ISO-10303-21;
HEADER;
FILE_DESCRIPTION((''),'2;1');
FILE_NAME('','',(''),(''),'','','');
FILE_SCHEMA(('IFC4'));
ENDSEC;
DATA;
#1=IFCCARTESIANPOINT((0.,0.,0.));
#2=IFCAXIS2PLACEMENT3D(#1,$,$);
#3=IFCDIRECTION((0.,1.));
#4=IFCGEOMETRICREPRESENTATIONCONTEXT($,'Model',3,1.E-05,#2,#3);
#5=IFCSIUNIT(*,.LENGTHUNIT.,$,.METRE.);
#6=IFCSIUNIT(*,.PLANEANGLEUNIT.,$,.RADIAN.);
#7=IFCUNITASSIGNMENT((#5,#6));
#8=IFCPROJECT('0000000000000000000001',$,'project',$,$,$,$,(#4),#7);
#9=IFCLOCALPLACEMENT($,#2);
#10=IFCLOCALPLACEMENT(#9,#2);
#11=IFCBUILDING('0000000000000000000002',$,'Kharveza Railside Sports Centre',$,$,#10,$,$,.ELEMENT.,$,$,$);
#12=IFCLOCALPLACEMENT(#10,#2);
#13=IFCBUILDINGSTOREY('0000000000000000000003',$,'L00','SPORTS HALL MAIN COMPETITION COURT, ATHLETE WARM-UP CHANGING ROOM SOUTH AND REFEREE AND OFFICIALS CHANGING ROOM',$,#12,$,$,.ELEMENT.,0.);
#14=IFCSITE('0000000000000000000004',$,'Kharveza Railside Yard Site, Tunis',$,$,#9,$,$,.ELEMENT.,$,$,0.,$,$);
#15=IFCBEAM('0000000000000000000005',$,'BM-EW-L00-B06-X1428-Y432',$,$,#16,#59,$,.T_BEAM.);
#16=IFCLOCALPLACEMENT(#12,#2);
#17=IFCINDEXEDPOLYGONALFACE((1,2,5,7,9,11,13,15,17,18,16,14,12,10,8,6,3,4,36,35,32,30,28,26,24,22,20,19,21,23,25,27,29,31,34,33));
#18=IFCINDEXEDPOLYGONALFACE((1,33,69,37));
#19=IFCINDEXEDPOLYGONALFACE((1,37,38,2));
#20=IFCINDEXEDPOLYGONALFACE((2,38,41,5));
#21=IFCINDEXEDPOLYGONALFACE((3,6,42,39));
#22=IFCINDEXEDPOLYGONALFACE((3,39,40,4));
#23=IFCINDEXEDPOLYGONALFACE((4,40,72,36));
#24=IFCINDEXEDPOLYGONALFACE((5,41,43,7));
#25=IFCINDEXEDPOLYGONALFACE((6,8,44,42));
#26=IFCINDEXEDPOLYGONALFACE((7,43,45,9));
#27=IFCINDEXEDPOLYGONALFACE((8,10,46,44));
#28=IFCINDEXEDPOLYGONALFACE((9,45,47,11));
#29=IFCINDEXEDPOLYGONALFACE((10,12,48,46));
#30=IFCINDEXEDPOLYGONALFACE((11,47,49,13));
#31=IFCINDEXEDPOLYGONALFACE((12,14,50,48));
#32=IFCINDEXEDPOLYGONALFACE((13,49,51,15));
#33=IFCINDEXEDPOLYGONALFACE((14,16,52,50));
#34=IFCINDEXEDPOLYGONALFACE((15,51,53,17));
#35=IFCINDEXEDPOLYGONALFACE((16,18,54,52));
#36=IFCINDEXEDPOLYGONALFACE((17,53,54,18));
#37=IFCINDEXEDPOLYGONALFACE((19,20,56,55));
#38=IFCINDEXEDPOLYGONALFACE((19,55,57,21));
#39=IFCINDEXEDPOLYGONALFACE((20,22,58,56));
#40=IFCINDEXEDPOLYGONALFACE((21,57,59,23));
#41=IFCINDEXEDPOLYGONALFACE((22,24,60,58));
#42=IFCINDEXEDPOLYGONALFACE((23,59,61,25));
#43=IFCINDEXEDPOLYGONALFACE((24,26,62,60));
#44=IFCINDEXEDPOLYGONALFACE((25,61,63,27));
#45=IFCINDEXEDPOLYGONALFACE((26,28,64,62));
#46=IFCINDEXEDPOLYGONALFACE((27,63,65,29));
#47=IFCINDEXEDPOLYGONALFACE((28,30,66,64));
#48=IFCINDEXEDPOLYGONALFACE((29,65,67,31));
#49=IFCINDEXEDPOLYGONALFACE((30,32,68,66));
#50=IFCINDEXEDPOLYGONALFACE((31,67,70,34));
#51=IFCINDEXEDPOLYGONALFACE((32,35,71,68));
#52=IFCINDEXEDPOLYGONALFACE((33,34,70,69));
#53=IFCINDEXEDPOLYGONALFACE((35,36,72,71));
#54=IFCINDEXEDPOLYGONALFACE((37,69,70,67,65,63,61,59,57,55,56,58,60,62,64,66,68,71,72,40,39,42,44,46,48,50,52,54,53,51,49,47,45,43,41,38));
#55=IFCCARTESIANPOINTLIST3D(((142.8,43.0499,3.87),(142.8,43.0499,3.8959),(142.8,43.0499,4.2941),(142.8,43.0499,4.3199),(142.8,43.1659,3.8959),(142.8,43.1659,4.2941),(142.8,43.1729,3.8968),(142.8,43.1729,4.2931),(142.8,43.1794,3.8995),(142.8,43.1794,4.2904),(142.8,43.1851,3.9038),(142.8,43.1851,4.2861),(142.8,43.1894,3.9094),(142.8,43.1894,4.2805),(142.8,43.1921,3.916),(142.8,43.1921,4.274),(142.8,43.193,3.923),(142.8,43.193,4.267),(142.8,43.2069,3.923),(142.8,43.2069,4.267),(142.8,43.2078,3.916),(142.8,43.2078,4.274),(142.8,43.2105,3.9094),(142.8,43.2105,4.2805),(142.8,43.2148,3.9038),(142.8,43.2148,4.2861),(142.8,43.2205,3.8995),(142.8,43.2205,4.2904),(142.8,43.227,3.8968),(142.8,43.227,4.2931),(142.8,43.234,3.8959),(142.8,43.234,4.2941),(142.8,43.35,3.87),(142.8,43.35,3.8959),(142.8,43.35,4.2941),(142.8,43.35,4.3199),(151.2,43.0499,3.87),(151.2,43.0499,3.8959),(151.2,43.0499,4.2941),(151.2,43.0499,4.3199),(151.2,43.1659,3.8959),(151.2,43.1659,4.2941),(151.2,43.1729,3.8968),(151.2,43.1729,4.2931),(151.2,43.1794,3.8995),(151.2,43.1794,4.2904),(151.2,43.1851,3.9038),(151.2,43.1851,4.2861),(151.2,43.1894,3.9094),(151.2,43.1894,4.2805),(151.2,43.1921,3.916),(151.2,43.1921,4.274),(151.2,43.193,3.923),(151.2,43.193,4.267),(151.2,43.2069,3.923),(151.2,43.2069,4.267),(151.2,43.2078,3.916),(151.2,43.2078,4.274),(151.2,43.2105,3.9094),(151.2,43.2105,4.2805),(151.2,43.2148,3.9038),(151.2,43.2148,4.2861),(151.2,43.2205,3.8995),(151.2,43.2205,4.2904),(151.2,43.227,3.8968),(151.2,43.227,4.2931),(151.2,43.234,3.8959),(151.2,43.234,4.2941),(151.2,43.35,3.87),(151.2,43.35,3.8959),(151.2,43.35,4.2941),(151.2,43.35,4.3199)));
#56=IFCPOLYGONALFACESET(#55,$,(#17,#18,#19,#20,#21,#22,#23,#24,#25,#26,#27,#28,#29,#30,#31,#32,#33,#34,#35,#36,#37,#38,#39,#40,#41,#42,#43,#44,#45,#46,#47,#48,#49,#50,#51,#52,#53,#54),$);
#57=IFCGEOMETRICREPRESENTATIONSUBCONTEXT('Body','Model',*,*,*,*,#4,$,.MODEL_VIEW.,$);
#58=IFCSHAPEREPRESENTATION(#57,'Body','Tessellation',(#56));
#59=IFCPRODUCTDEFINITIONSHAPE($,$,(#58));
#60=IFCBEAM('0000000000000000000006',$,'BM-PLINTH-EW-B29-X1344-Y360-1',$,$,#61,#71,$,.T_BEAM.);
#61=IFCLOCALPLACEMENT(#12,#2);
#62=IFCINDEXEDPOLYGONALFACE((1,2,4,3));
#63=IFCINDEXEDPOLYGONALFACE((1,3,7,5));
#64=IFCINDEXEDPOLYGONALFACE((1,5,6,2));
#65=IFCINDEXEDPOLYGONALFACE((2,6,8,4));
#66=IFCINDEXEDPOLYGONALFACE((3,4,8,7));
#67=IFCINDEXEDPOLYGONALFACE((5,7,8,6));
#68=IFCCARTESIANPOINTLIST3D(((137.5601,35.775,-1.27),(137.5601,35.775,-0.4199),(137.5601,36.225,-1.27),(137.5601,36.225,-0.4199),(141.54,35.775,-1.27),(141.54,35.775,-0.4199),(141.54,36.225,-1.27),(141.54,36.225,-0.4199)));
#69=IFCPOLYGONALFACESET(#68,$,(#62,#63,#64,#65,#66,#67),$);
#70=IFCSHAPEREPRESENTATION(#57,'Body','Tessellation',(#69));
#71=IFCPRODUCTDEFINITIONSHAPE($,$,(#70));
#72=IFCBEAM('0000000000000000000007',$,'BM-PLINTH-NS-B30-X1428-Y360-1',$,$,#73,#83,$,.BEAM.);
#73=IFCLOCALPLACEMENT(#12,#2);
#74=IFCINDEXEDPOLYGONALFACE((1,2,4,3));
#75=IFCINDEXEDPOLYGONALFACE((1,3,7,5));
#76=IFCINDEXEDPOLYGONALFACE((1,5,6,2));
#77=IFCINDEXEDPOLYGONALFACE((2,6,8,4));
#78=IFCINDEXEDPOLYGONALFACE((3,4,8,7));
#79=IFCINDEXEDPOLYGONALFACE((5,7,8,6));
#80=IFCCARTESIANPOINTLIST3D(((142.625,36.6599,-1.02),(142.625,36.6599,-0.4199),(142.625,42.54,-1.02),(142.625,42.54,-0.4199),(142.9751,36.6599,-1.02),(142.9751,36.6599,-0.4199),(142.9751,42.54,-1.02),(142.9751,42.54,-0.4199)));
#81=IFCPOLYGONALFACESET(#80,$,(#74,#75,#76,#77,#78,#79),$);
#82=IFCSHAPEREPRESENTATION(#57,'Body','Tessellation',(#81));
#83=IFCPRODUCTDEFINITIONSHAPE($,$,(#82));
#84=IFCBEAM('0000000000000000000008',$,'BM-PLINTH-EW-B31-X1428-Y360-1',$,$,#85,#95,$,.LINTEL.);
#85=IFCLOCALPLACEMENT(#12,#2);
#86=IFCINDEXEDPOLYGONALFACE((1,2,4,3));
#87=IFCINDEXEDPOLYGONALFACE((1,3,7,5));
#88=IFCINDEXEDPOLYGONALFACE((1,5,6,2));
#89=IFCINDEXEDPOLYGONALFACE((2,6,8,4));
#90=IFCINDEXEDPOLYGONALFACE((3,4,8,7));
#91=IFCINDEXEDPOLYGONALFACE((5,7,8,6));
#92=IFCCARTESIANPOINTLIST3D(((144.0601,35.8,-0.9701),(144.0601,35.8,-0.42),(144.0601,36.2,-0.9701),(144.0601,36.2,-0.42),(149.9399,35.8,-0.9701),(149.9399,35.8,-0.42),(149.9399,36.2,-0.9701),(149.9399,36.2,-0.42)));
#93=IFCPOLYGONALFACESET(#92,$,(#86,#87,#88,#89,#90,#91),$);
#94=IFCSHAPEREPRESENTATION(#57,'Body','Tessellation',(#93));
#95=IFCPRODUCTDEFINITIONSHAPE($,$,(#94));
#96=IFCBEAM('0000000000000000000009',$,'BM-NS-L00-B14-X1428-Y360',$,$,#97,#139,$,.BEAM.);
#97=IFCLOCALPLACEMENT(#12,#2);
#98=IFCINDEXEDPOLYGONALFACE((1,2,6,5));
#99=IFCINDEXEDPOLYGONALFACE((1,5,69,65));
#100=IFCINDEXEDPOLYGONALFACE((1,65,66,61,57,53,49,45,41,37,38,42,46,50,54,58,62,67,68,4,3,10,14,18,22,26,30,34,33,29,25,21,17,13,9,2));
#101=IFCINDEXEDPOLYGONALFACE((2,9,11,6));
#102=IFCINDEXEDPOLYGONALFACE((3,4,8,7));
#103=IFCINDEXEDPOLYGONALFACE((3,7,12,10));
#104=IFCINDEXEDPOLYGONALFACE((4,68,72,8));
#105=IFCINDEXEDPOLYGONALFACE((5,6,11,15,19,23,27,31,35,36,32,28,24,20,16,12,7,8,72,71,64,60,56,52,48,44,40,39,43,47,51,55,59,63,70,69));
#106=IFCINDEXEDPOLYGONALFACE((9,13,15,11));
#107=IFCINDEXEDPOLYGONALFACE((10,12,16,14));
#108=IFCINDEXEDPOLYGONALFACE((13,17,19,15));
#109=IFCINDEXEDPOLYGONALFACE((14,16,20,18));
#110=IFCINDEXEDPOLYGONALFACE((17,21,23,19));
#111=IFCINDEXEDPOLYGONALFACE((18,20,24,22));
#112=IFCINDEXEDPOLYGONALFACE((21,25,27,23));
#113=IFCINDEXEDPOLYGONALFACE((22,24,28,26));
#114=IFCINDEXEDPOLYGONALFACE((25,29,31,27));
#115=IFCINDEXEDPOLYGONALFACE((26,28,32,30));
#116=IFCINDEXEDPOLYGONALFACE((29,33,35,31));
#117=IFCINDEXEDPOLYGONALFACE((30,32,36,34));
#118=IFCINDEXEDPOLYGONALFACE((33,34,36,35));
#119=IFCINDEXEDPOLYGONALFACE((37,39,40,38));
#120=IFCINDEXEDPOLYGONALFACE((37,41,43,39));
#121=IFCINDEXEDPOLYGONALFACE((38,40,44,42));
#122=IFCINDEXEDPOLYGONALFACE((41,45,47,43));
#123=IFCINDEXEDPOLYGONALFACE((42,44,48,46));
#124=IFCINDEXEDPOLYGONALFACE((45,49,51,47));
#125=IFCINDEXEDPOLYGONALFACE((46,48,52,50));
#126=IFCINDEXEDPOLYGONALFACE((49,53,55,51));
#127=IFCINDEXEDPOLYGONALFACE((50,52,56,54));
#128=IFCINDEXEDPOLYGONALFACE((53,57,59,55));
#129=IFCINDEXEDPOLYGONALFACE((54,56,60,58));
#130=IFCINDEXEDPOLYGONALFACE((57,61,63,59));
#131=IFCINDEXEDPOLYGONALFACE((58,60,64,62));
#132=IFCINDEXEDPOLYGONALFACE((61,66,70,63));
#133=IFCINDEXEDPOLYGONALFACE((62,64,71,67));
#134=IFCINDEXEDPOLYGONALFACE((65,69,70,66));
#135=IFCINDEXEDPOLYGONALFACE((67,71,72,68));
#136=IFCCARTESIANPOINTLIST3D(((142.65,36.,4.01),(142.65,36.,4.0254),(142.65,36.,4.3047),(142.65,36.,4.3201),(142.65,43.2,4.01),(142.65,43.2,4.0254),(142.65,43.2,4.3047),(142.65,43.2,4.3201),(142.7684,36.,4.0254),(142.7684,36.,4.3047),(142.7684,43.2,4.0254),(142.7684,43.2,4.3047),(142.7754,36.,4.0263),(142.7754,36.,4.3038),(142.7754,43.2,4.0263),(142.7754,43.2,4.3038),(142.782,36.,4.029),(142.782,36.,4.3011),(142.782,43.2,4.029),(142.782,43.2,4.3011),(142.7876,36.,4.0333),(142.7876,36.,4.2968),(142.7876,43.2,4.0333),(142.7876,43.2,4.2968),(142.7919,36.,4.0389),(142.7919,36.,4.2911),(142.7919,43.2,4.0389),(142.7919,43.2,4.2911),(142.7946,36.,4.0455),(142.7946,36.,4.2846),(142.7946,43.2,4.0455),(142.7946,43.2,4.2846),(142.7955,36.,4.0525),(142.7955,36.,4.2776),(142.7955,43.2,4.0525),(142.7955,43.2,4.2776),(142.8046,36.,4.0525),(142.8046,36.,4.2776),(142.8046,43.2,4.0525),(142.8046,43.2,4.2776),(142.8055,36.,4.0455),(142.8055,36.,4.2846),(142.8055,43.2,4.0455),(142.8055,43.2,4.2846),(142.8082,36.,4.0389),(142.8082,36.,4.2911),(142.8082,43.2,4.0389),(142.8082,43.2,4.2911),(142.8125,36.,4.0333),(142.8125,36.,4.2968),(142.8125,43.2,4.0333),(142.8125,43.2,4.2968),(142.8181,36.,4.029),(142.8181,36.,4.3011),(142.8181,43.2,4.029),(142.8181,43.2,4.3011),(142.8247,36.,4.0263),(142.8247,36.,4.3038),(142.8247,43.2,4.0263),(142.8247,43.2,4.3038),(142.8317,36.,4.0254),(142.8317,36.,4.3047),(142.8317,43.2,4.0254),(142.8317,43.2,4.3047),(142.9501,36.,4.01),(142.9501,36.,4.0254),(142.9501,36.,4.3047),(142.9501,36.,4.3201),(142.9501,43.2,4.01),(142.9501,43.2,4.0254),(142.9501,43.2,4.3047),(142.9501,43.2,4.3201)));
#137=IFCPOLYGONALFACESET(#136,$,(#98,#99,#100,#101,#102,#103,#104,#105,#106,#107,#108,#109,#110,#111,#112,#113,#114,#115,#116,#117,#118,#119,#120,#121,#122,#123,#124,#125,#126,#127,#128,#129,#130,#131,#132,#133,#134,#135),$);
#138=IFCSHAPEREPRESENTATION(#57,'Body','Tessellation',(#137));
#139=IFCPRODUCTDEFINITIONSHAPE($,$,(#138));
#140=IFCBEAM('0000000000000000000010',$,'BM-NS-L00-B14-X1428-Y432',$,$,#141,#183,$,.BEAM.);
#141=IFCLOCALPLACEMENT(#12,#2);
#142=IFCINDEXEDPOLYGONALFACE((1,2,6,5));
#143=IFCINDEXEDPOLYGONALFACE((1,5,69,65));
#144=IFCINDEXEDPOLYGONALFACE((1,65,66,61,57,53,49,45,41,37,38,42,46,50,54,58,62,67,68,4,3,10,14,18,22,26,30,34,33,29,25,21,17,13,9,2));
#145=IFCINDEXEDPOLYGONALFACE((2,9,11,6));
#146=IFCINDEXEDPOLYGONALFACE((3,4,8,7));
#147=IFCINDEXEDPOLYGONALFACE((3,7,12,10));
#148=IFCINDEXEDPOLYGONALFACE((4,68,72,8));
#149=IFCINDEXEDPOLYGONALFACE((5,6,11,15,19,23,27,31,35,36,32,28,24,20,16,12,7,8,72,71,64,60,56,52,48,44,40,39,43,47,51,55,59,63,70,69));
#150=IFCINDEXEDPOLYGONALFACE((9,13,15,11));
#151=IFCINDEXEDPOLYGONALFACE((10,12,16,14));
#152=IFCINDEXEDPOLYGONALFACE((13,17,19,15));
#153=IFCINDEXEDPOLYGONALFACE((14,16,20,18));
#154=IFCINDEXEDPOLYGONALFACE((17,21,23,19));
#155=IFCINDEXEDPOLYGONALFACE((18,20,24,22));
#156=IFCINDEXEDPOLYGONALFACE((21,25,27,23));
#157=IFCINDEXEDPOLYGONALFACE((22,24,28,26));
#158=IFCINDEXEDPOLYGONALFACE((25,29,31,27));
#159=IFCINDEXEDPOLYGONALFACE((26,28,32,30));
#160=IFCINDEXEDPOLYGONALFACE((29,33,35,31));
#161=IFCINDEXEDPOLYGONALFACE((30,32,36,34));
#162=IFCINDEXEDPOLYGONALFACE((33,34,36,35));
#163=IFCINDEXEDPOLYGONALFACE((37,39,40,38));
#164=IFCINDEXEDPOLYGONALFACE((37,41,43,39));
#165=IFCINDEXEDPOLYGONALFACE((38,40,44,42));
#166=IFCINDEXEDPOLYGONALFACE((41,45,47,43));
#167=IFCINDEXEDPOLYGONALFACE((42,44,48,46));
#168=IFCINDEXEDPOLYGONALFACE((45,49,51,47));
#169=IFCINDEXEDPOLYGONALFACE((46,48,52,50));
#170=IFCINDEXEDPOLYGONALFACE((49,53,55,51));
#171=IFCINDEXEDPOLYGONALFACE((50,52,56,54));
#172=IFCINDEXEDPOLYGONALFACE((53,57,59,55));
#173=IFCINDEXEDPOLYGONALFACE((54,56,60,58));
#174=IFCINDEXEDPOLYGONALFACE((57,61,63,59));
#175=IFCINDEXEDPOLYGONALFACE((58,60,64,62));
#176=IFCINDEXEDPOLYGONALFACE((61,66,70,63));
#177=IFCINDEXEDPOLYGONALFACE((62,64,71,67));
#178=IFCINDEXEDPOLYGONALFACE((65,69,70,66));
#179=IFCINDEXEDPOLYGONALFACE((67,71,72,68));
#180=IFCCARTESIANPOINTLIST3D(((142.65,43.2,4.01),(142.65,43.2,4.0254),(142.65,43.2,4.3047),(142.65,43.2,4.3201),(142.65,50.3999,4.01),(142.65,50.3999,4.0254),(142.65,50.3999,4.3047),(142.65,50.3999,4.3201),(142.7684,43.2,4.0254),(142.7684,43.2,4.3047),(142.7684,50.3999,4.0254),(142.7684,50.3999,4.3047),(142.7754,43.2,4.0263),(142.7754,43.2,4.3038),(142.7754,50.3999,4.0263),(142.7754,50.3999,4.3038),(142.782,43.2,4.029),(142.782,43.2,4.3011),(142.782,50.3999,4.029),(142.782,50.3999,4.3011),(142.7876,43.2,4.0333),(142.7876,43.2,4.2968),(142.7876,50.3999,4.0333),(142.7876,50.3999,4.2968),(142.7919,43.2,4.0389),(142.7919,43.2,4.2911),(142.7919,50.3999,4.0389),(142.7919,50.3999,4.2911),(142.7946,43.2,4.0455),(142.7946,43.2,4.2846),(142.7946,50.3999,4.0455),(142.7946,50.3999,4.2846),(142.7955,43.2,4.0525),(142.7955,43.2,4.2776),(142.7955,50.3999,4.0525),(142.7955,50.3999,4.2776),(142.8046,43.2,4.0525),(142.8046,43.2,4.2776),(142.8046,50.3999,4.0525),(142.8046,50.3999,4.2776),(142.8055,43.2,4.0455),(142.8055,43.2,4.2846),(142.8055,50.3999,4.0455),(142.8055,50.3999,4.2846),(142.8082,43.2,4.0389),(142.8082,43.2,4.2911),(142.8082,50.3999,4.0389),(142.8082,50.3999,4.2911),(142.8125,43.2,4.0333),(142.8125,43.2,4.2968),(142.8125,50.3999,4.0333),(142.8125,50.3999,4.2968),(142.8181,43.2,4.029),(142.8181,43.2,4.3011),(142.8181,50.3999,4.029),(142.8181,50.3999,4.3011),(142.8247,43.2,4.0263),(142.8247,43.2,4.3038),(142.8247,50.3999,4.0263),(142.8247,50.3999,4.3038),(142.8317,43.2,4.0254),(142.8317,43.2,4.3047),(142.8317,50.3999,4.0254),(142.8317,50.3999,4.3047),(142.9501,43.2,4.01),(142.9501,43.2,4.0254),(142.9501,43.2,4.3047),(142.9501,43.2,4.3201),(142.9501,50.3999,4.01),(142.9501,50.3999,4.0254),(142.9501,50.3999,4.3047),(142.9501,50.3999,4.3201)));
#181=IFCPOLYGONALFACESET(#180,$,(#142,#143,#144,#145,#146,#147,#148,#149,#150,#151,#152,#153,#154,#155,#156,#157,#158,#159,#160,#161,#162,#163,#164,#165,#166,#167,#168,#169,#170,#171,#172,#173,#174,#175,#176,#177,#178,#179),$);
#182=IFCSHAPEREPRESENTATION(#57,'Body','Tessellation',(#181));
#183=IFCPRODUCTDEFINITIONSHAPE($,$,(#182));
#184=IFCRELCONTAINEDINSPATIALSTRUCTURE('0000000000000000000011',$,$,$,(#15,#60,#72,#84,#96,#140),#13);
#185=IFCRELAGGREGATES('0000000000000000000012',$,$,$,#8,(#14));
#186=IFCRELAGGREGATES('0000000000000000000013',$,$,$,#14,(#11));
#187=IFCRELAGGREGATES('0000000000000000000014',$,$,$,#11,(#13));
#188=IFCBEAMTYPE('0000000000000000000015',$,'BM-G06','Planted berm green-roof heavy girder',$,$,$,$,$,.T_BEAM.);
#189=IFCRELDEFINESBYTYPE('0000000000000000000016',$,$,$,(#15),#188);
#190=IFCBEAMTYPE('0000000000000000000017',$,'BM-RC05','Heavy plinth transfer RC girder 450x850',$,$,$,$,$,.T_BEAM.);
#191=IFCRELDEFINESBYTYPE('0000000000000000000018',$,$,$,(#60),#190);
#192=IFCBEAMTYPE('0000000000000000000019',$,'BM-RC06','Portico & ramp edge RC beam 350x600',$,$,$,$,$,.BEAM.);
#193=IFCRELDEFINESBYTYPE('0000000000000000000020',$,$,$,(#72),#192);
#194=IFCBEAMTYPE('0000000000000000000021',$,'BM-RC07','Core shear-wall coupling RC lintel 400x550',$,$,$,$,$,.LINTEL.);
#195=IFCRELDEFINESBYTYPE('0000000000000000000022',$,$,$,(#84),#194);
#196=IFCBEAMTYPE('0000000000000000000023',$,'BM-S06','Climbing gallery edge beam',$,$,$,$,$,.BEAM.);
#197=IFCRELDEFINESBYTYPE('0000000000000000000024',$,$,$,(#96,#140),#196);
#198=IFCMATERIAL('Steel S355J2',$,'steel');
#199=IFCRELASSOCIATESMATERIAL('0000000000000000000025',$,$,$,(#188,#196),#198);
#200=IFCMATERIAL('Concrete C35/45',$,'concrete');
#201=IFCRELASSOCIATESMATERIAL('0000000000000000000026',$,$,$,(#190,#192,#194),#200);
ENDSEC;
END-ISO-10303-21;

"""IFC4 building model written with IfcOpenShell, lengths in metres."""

from ifc_helpers import new_model, si_unit, direction, frame, origin, origin_2d, place, context, subcontext, project, spatial, rectangle, i_section, extrude, material, material_profile, profile_set, type_object, element, save


model = new_model("IFC4")

# Units and contexts
model_context = context("Model", 3, precision=1e-05, world=origin(), true_north=direction((0.0, 1.0)))
body_context = subcontext(model_context, "Body", "Model", "MODEL_VIEW")
ifc_project = project(units=[si_unit("LENGTHUNIT", "METRE"), si_unit("PLANEANGLEUNIT", "RADIAN")], contexts=[model_context])

# Site, building, storey
site_placement = place(None, origin())
site = spatial("IfcSite", under=ifc_project, at=site_placement, Name="Kharveza Railside Yard Site, Tunis", CompositionType="ELEMENT", RefElevation=0.0)
building_placement = place(site_placement, origin())
building = spatial("IfcBuilding", under=site, at=building_placement, Name="Kharveza Railside Sports Centre", CompositionType="ELEMENT")
storey_placement = place(building_placement, origin())
storey = spatial("IfcBuildingStorey", under=building, at=storey_placement, Name="L00", Description="SPORTS HALL MAIN COMPETITION COURT, ATHLETE WARM-UP CHANGING ROOM SOUTH AND REFEREE AND OFFICIALS CHANGING ROOM", CompositionType="ELEMENT", Elevation=0.0)

# Shared definitions
ifc_material_1 = material(Name="Concrete C35/45", Category="concrete")

# Shared definitions
ifc_material_2 = material(Name="Steel S355J2", Category="steel")

# Beams
ifc_material_profile_1 = material_profile(ifc_material_2, i_section(OverallWidth=0.3, OverallDepth=0.45, WebThickness=0.0139, FlangeThickness=0.0259, FilletRadius=0.0271, at=origin_2d()), Name="HEB 450")
ifc_profile_set_1 = profile_set([ifc_material_profile_1], Name="Steel S355J2")
beam_type_1 = type_object("IfcBeamType", Name="BM-G06", Description="Planted berm green-roof heavy girder", PredefinedType="T_BEAM", material=ifc_profile_set_1)
beam_1_placement = place(storey_placement, frame((142.8, 43.2, 4.095), z_axis=(1.0, 0.0, 0.0), x_axis=(0.0, 1.0, 0.0)))
element("IfcBeam", 1, at=beam_1_placement, inside=storey, type_object=beam_type_1, Name="BM-EW-L00-B06-X1428-Y432", PredefinedType="T_BEAM", context=body_context, shape_type="SweptSolid", body=[
    extrude(i_section(OverallWidth=0.3, OverallDepth=0.45, WebThickness=0.0139, FlangeThickness=0.0259, FilletRadius=0.0271, at=origin_2d()), origin(), (0.0, 0.0, 1.0), 8.3999),
])
ifc_material_profile_2 = material_profile(ifc_material_1, rectangle(XDim=0.45, YDim=0.8501, at=origin_2d()), Name="RCB 450x850")
ifc_profile_set_2 = profile_set([ifc_material_profile_2], Name="Concrete C35/45")
beam_type_2 = type_object("IfcBeamType", Name="BM-RC05", Description="Heavy plinth transfer RC girder 450x850", PredefinedType="T_BEAM", material=ifc_profile_set_2)
beam_2_placement = place(storey_placement, frame((137.5601, 36.0, -0.845), z_axis=(1.0, 0.0, 0.0), x_axis=(0.0, 1.0, 0.0)))
element("IfcBeam", 2, at=beam_2_placement, inside=storey, type_object=beam_type_2, Name="BM-PLINTH-EW-B29-X1344-Y360-1", PredefinedType="T_BEAM", context=body_context, shape_type="SweptSolid", body=[
    extrude(rectangle(XDim=0.45, YDim=0.8501, at=origin_2d()), origin(), (0.0, 0.0, 1.0), 3.98),
])
ifc_material_profile_3 = material_profile(ifc_material_1, rectangle(XDim=0.3501, YDim=0.6001, at=origin_2d()), Name="RCB 350x600")
ifc_profile_set_3 = profile_set([ifc_material_profile_3], Name="Concrete C35/45")
beam_type_3 = type_object("IfcBeamType", Name="BM-RC06", Description="Portico & ramp edge RC beam 350x600", PredefinedType="BEAM", material=ifc_profile_set_3)
beam_3_placement = place(storey_placement, frame((142.8, 36.6599, -0.72), z_axis=(0.0, 1.0, 0.0), x_axis=(-1.0, 0.0, 0.0)))
element("IfcBeam", 3, at=beam_3_placement, inside=storey, type_object=beam_type_3, Name="BM-PLINTH-NS-B30-X1428-Y360-1", PredefinedType="BEAM", context=body_context, shape_type="SweptSolid", body=[
    extrude(rectangle(XDim=0.3501, YDim=0.6001, at=origin_2d()), origin(), (0.0, 0.0, 1.0), 5.8801),
])
ifc_material_profile_4 = material_profile(ifc_material_1, rectangle(XDim=0.3999, YDim=0.55, at=origin_2d()), Name="RCB 400x550")
ifc_profile_set_4 = profile_set([ifc_material_profile_4], Name="Concrete C35/45")
beam_type_4 = type_object("IfcBeamType", Name="BM-RC07", Description="Core shear-wall coupling RC lintel 400x550", PredefinedType="LINTEL", material=ifc_profile_set_4)
beam_4_placement = place(storey_placement, frame((144.0601, 36.0, -0.6951), z_axis=(1.0, 0.0, 0.0), x_axis=(0.0, 1.0, 0.0)))
element("IfcBeam", 4, at=beam_4_placement, inside=storey, type_object=beam_type_4, Name="BM-PLINTH-EW-B31-X1428-Y360-1", PredefinedType="LINTEL", context=body_context, shape_type="SweptSolid", body=[
    extrude(rectangle(XDim=0.3999, YDim=0.55, at=origin_2d()), origin(), (0.0, 0.0, 1.0), 5.8799),
])
ifc_material_profile_5 = material_profile(ifc_material_2, i_section(OverallWidth=0.3, OverallDepth=0.3101, WebThickness=0.009, FlangeThickness=0.0154, FilletRadius=0.0271, at=origin_2d()), Name="HEA 320")
ifc_profile_set_5 = profile_set([ifc_material_profile_5], Name="Steel S355J2")
beam_type_5 = type_object("IfcBeamType", Name="BM-S06", Description="Climbing gallery edge beam", PredefinedType="BEAM", material=ifc_profile_set_5)
for number, where, z_axis, x_axis, name in (
    (5, (142.8, 36.0, 4.165), (0.0, 1.0, 0.0), (-1.0, 0.0, 0.0), "BM-NS-L00-B14-X1428-Y360"),
    (6, (142.8, 43.2, 4.165), (0.0, 1.0, 0.0), (-1.0, 0.0, 0.0), "BM-NS-L00-B14-X1428-Y432"),
):
    element("IfcBeam", number, at=place(storey_placement, frame(where, z_axis=z_axis, x_axis=x_axis)), inside=storey, type_object=beam_type_5, Name=name, PredefinedType="BEAM", context=body_context, shape_type="SweptSolid", body=[
        extrude(i_section(OverallWidth=0.3, OverallDepth=0.3101, WebThickness=0.009, FlangeThickness=0.0154, FilletRadius=0.0271, at=origin_2d()), origin(), (0.0, 0.0, 1.0), 7.2),
    ])

save(model, "model.ifc")
